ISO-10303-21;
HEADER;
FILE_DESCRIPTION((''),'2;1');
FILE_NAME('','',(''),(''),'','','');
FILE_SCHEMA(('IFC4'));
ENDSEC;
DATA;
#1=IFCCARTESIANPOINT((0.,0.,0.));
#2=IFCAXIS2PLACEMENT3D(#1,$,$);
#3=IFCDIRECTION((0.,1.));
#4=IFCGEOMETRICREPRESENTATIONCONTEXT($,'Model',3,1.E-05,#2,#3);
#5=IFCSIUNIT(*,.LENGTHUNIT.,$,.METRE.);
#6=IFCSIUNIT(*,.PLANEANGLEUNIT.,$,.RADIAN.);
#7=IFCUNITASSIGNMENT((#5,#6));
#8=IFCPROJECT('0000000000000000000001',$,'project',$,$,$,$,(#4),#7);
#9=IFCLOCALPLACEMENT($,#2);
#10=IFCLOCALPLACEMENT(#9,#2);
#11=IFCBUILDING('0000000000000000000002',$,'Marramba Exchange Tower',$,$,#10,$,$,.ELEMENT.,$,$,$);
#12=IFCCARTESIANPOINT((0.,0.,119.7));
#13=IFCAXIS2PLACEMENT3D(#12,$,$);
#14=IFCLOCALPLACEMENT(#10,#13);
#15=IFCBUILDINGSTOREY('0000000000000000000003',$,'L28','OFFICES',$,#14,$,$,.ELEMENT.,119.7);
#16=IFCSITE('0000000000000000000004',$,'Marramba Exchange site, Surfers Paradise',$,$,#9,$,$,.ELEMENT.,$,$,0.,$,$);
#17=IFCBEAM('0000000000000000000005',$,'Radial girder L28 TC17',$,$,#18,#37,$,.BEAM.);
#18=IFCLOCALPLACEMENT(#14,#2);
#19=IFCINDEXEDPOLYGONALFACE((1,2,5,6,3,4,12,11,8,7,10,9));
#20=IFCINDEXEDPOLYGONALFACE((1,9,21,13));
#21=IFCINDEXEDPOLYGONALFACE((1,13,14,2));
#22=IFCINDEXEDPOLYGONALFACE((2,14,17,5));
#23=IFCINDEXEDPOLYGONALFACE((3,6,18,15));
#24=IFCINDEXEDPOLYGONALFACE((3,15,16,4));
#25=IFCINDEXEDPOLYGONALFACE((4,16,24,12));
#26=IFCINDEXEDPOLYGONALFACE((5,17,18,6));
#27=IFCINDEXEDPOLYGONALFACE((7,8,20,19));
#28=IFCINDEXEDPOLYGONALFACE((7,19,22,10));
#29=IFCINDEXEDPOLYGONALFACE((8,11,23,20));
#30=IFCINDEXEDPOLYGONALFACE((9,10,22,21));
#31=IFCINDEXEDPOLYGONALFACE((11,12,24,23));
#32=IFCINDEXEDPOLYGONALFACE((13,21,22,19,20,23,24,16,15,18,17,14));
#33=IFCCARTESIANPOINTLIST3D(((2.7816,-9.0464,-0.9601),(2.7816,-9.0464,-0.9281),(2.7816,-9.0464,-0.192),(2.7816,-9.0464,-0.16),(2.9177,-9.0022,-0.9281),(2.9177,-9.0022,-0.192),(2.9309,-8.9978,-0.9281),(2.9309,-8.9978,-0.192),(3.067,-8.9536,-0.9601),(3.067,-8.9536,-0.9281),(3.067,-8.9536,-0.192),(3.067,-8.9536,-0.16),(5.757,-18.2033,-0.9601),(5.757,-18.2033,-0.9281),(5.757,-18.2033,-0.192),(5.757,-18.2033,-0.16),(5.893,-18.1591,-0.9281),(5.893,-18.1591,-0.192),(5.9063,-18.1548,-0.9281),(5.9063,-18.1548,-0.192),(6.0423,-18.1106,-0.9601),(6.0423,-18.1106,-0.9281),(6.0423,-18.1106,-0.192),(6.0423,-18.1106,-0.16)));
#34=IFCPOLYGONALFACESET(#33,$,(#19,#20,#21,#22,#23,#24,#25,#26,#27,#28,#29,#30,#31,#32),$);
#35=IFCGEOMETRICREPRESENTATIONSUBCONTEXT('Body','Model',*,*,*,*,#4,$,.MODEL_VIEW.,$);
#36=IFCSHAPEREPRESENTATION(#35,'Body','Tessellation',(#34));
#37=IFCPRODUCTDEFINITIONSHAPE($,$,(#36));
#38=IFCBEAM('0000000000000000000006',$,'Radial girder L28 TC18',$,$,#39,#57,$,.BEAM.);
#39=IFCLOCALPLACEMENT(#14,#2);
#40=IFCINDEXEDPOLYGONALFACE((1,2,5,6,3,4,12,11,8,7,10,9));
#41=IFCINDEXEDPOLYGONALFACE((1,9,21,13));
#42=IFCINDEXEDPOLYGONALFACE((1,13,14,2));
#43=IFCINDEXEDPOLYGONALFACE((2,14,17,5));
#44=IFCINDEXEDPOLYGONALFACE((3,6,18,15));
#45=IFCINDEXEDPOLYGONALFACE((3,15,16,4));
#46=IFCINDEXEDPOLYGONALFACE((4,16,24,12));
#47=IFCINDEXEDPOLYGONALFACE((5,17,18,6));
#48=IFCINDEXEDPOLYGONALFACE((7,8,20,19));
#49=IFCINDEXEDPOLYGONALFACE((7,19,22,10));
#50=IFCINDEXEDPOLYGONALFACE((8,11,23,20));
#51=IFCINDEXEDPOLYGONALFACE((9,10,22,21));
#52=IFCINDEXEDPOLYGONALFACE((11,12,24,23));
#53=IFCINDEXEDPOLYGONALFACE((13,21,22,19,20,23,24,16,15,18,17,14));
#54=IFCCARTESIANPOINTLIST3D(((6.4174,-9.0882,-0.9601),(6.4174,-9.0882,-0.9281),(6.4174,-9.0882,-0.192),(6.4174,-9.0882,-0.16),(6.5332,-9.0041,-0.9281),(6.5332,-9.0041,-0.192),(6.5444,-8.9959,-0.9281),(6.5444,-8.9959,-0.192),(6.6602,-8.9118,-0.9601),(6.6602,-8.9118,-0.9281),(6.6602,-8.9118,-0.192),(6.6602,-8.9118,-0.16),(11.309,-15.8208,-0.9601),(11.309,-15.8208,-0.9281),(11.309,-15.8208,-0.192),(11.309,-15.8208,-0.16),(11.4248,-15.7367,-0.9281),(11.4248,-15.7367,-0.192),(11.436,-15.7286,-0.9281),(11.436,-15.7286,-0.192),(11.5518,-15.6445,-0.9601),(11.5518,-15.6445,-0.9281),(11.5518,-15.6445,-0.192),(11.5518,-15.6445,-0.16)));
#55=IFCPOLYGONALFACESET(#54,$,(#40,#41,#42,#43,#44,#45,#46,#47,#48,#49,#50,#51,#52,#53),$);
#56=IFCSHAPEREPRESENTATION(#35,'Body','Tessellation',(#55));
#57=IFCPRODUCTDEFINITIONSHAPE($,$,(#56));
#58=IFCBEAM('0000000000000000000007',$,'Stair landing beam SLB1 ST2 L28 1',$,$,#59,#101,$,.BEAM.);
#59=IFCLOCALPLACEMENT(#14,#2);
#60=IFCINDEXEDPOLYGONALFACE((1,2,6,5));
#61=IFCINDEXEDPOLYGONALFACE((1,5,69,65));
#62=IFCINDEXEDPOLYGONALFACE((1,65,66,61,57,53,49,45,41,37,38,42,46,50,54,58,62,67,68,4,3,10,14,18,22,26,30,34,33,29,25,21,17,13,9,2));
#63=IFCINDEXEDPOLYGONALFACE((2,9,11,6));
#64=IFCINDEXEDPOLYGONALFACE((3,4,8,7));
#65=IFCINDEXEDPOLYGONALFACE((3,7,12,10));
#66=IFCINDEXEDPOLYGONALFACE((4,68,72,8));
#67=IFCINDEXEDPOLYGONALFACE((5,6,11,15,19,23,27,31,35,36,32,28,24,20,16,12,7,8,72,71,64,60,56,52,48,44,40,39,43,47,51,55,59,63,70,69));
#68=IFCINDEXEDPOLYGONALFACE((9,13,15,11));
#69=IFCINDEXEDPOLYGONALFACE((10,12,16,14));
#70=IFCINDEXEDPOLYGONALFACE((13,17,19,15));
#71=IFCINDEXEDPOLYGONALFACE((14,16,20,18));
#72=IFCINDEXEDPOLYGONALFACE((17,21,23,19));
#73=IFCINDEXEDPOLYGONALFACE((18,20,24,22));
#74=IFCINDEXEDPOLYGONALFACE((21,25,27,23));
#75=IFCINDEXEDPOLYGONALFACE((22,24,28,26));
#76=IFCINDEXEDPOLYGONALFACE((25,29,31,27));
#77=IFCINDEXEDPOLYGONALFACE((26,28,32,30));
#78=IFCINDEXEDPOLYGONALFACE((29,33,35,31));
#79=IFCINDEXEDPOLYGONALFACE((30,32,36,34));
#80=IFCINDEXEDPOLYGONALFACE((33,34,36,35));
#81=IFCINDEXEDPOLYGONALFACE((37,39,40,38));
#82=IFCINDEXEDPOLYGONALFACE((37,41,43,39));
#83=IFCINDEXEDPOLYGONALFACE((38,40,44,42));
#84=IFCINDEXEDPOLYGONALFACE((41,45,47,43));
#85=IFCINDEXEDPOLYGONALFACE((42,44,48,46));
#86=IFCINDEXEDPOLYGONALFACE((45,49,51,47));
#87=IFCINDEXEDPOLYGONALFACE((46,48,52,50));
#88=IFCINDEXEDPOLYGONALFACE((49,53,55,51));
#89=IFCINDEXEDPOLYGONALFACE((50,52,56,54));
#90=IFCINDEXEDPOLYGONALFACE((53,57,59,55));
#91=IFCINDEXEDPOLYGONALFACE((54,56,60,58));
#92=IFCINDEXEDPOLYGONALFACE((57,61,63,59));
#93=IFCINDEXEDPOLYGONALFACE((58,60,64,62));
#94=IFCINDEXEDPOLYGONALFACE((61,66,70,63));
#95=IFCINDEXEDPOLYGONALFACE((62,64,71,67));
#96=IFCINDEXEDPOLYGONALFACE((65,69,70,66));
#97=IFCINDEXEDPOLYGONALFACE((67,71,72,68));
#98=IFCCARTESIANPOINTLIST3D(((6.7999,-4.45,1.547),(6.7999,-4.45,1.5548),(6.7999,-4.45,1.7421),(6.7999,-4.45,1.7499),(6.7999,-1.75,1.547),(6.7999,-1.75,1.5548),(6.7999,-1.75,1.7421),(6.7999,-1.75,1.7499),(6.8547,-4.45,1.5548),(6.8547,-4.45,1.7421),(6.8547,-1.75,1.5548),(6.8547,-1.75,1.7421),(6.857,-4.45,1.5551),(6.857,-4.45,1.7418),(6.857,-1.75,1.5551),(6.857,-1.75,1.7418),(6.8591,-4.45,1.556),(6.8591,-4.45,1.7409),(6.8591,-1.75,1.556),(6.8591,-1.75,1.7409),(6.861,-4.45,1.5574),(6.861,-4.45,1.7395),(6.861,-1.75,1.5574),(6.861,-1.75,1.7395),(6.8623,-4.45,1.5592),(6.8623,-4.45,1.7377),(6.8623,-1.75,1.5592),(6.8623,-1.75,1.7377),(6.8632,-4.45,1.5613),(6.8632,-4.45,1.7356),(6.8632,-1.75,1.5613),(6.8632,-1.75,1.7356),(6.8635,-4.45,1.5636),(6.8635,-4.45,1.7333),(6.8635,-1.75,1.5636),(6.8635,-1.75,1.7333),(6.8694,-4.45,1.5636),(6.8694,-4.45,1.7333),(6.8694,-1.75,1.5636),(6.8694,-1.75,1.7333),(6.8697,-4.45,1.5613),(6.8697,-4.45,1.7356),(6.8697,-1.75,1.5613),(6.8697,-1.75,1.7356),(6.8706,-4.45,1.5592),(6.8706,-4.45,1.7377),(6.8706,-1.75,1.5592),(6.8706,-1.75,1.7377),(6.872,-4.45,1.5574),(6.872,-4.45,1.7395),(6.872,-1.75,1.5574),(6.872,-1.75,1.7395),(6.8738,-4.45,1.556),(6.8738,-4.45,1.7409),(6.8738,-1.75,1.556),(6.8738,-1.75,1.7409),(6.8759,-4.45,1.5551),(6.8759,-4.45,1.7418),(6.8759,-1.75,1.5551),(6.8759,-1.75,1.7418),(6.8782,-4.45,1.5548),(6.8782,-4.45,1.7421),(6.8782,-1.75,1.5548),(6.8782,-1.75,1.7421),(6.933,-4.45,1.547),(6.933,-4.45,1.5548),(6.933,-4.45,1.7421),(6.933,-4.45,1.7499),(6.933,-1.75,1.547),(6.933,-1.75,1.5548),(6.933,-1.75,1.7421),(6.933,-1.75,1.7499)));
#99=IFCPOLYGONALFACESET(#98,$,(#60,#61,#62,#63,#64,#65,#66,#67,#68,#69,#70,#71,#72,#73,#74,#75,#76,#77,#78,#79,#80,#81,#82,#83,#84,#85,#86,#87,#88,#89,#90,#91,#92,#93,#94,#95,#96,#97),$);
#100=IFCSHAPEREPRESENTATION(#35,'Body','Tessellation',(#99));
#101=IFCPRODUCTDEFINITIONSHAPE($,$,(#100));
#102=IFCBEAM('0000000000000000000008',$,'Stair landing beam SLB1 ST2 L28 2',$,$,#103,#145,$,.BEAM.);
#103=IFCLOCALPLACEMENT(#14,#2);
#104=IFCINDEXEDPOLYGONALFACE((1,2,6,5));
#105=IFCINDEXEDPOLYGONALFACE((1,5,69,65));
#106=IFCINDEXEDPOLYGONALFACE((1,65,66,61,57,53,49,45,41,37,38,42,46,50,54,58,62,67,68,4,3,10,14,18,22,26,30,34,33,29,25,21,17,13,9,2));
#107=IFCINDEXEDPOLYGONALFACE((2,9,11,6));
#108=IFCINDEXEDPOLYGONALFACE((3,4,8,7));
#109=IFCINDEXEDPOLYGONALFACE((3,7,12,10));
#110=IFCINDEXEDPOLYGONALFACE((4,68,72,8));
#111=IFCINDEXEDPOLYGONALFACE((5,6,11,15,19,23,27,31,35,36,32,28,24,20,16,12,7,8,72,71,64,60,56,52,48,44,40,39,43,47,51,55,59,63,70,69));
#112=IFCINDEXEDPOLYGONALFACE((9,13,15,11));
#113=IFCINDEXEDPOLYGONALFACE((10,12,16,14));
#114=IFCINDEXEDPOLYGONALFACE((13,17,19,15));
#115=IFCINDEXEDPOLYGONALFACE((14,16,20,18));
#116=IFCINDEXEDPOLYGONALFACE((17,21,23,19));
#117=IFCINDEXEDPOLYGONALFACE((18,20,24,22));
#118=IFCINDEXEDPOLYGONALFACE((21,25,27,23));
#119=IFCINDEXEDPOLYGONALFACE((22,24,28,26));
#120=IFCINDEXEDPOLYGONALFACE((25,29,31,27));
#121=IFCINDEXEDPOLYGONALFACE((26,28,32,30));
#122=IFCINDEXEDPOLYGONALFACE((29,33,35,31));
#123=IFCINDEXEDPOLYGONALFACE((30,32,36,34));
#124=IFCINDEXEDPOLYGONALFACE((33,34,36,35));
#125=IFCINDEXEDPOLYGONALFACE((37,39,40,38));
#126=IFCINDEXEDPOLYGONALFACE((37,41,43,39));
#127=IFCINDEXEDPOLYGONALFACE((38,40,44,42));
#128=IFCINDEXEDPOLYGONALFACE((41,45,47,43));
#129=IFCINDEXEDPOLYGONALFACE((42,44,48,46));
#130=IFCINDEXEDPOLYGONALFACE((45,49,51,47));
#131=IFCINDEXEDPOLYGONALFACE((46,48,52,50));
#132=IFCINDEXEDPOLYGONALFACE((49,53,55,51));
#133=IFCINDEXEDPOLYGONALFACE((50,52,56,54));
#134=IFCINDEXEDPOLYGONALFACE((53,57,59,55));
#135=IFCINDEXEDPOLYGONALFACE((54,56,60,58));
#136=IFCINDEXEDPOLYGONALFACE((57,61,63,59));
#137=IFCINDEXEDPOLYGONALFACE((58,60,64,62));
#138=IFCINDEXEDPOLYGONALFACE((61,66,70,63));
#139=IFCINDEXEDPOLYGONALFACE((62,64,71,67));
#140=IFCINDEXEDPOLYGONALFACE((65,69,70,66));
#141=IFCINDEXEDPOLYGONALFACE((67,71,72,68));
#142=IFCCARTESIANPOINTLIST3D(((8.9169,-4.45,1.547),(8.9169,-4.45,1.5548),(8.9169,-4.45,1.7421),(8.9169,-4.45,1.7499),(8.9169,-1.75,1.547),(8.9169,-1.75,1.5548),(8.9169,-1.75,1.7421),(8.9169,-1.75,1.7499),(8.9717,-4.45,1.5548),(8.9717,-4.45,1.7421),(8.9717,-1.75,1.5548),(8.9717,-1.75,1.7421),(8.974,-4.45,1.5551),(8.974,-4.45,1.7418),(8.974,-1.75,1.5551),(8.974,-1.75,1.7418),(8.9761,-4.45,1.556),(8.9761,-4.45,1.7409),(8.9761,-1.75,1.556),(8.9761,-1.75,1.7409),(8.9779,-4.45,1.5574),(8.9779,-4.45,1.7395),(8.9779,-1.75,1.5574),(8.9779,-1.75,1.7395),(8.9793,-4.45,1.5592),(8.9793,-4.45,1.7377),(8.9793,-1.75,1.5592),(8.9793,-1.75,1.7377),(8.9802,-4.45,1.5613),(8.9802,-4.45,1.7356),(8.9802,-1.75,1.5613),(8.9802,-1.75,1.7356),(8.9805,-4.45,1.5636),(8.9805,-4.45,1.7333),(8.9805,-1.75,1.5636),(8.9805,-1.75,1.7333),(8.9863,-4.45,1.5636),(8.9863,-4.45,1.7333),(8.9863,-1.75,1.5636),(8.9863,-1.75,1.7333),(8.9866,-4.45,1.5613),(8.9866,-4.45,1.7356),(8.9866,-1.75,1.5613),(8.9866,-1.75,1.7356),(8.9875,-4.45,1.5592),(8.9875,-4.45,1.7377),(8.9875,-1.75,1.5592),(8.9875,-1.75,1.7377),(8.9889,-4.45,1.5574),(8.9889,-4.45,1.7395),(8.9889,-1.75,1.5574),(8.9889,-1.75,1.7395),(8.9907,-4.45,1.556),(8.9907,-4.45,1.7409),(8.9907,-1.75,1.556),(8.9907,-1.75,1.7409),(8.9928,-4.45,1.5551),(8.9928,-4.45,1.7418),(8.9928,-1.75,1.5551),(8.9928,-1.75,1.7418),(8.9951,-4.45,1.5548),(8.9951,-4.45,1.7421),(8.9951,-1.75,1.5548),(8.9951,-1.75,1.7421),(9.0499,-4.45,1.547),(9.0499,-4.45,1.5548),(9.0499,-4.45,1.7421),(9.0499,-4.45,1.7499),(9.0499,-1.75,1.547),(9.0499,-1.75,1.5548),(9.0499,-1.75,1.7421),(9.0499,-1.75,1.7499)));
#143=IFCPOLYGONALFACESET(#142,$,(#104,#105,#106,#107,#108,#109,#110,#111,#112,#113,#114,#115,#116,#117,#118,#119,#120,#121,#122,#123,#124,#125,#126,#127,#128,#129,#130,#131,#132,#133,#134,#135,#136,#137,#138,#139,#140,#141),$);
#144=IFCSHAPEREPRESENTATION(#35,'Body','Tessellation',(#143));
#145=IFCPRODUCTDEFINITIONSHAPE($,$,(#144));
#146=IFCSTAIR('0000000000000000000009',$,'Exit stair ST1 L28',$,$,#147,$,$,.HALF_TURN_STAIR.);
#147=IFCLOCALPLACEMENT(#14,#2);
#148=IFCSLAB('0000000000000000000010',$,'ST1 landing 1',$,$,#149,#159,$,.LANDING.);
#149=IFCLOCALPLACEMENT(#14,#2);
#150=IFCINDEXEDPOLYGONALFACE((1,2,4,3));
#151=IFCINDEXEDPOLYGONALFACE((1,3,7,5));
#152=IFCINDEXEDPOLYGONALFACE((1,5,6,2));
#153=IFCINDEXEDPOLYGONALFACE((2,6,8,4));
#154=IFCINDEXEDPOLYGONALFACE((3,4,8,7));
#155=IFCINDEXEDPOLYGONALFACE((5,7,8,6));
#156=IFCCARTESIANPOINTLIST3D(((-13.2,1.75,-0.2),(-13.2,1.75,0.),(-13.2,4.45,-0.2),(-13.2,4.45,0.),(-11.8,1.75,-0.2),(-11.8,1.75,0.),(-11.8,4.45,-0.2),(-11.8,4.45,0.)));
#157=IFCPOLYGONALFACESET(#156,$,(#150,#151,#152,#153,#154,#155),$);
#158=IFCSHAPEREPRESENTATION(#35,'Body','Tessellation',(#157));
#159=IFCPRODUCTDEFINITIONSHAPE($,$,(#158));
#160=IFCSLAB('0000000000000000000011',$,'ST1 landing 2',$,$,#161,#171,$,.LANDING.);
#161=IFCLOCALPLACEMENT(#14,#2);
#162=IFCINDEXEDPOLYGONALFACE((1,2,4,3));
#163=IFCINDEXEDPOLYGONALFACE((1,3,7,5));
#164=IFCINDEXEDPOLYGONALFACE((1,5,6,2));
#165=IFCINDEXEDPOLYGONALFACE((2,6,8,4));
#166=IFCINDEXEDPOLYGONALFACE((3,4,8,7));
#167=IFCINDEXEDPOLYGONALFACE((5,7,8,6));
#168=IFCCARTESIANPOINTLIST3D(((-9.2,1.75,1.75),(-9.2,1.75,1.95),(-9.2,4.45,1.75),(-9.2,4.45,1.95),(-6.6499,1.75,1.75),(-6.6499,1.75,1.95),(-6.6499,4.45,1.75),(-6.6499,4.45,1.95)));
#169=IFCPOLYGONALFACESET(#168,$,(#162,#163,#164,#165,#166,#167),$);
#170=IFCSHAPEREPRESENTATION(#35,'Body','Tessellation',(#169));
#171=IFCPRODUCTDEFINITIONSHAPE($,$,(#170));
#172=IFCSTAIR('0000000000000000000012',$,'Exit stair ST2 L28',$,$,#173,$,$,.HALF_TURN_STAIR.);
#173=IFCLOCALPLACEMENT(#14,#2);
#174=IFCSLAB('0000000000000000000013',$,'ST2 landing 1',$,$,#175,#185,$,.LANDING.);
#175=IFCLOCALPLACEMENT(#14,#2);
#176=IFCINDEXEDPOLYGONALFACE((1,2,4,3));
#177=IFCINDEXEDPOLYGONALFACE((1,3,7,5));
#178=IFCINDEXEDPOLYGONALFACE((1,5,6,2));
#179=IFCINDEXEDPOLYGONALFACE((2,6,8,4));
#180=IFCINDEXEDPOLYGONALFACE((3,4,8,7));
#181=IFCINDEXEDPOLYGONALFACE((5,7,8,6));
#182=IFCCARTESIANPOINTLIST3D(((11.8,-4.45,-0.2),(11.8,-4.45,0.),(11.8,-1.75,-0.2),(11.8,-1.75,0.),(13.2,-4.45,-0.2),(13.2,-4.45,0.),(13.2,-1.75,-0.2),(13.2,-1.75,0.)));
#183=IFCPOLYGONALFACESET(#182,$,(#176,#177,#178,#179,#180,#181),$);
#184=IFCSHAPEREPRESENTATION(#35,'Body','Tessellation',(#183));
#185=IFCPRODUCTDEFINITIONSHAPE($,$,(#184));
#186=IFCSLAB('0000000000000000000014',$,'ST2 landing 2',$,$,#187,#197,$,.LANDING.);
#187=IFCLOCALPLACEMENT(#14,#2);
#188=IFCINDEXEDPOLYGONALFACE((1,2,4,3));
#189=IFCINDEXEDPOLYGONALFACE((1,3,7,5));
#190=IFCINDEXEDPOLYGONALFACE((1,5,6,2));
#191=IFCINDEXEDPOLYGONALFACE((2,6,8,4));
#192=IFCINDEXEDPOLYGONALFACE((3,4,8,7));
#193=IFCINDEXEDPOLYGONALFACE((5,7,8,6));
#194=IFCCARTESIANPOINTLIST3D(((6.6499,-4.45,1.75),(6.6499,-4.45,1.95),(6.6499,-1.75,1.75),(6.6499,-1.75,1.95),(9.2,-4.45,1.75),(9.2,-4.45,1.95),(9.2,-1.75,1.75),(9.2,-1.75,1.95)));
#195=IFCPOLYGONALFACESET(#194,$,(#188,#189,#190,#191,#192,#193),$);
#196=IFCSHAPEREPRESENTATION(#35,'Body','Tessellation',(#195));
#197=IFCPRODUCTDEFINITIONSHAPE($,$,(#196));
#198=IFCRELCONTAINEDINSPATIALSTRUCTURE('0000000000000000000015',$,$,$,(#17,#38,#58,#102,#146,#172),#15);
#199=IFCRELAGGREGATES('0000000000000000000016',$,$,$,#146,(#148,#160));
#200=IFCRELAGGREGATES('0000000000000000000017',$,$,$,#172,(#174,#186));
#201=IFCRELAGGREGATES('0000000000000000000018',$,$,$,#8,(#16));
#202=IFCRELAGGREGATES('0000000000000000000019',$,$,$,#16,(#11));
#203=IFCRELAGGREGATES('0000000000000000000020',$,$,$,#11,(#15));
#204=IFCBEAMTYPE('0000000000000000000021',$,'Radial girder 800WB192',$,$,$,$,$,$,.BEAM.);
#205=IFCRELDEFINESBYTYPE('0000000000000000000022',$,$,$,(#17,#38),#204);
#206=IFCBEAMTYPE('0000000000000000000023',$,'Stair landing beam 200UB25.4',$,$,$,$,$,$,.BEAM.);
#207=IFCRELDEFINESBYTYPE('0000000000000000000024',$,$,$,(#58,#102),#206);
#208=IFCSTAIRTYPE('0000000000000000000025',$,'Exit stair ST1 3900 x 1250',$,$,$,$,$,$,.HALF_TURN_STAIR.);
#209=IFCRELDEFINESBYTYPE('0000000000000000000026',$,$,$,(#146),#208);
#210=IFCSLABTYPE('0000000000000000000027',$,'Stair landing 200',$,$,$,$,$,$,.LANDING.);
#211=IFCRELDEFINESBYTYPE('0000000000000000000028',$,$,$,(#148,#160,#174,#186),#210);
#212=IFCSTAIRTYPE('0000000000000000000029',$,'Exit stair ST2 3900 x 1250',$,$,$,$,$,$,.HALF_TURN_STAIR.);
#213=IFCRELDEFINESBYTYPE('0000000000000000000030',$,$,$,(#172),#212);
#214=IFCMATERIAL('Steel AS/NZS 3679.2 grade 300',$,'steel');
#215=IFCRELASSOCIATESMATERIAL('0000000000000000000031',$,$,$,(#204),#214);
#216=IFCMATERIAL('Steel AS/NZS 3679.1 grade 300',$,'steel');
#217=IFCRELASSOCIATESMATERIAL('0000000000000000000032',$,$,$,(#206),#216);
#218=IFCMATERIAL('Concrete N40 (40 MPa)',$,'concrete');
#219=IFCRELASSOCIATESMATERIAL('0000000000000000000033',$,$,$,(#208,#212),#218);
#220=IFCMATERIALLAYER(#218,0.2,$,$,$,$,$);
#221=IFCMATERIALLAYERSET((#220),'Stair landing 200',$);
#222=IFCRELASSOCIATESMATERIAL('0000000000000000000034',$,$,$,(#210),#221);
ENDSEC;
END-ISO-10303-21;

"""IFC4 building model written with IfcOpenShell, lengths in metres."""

from ifc_helpers import new_model, si_unit, direction, frame, origin, origin_2d, place, context, subcontext, project, spatial, polyline, i_section, outline, extrude, material, layer, layer_set, material_profile, profile_set, type_object, element, aggregate, save


model = new_model("IFC4")

# Units and contexts
model_context = context("Model", 3, precision=1e-05, world=origin(), true_north=direction((0.0, 1.0)))
body_context = subcontext(model_context, "Body", "Model", "MODEL_VIEW")
ifc_project = project(units=[si_unit("LENGTHUNIT", "METRE"), si_unit("PLANEANGLEUNIT", "RADIAN")], contexts=[model_context])

# Site, building, storey
site_placement = place(None, origin())
site = spatial("IfcSite", under=ifc_project, at=site_placement, Name="Marramba Exchange site, Surfers Paradise", CompositionType="ELEMENT", RefElevation=0.0)
building_placement = place(site_placement, origin())
building = spatial("IfcBuilding", under=site, at=building_placement, Name="Marramba Exchange Tower", CompositionType="ELEMENT")
storey_placement = place(building_placement, frame((0.0, 0.0, 119.7)))
storey = spatial("IfcBuildingStorey", under=building, at=storey_placement, Name="L28", Description="OFFICES", CompositionType="ELEMENT", Elevation=119.7)

# Beams
ifc_material_1 = material(Name="Steel AS/NZS 3679.2 grade 300", Category="steel")
ifc_material_profile_1 = material_profile(ifc_material_1, i_section(OverallWidth=0.3, OverallDepth=0.8, WebThickness=0.0139, FlangeThickness=0.032, at=origin_2d()), Name="800WB192")
ifc_profile_set_1 = profile_set([ifc_material_profile_1], Name="Steel AS/NZS 3679.2 grade 300")
beam_type_1 = type_object("IfcBeamType", Name="Radial girder 800WB192", PredefinedType="BEAM", material=ifc_profile_set_1)
beam_1_placement = place(storey_placement, frame((2.9243, -9.0, -0.5601), z_axis=(0.309022, -0.951055, 0.0), x_axis=(0.951055, 0.309022, 0.0)))
element("IfcBeam", 1, at=beam_1_placement, inside=storey, type_object=beam_type_1, Name="Radial girder L28 TC17", PredefinedType="BEAM", context=body_context, shape_type="SweptSolid", body=[
    extrude(i_section(OverallWidth=0.3, OverallDepth=0.8, WebThickness=0.0139, FlangeThickness=0.032, at=origin_2d()), origin(), (0.0, 0.0, 1.0), 9.6282),
])
beam_2_placement = place(storey_placement, frame((6.5388, -9.0, -0.5601), z_axis=(0.587788, -0.809015, 0.0), x_axis=(0.809015, 0.587788, 0.0)))
element("IfcBeam", 2, at=beam_2_placement, inside=storey, type_object=beam_type_1, Name="Radial girder L28 TC18", PredefinedType="BEAM", context=body_context, shape_type="SweptSolid", body=[
    extrude(i_section(OverallWidth=0.3, OverallDepth=0.8, WebThickness=0.0139, FlangeThickness=0.032, at=origin_2d()), origin(), (0.0, 0.0, 1.0), 8.322),
])
ifc_material_2 = material(Name="Steel AS/NZS 3679.1 grade 300", Category="steel")
ifc_material_profile_2 = material_profile(ifc_material_2, i_section(OverallWidth=0.1331, OverallDepth=0.2029, WebThickness=0.0059, FlangeThickness=0.0078, FilletRadius=0.0088, at=origin_2d()), Name="200UB25.4")
ifc_profile_set_2 = profile_set([ifc_material_profile_2], Name="Steel AS/NZS 3679.1 grade 300")
beam_type_2 = type_object("IfcBeamType", Name="Stair landing beam 200UB25.4", PredefinedType="BEAM", material=ifc_profile_set_2)
for number, where, z_axis, x_axis, name in (
    (3, (6.8665, -4.45, 1.6484), (0.0, 1.0, 0.0), (-1.0, 0.0, 0.0), "Stair landing beam SLB1 ST2 L28 1"),
    (4, (8.9834, -4.45, 1.6484), (0.0, 1.0, 0.0), (-1.0, 0.0, 0.0), "Stair landing beam SLB1 ST2 L28 2"),
):
    element("IfcBeam", number, at=place(storey_placement, frame(where, z_axis=z_axis, x_axis=x_axis)), inside=storey, type_object=beam_type_2, Name=name, PredefinedType="BEAM", context=body_context, shape_type="SweptSolid", body=[
        extrude(i_section(OverallWidth=0.1331, OverallDepth=0.2029, WebThickness=0.0059, FlangeThickness=0.0078, FilletRadius=0.0088, at=origin_2d()), origin(), (0.0, 0.0, 1.0), 2.7),
    ])

# Stairs, slabs
ifc_material_3 = material(Name="Concrete N40 (40 MPa)", Category="concrete")
stair_type_1 = type_object("IfcStairType", Name="Exit stair ST1 3900 x 1250", PredefinedType="HALF_TURN_STAIR", material=ifc_material_3)
stair_1_placement = place(storey_placement, origin())
stair_1 = element("IfcStair", 5, at=stair_1_placement, inside=storey, type_object=stair_type_1, Name="Exit stair ST1 L28", PredefinedType="HALF_TURN_STAIR")
ifc_layer_1 = layer(ifc_material_3, 0.2)
ifc_layer_set_1 = layer_set([ifc_layer_1], Name="Stair landing 200")
slab_type = type_object("IfcSlabType", Name="Stair landing 200", PredefinedType="LANDING", material=ifc_layer_set_1)
slab_1_placement = place(storey_placement, frame((0.0, 0.0, -0.2)))
slab_1 = element("IfcSlab", 6, at=slab_1_placement, type_object=slab_type, Name="ST1 landing 1", PredefinedType="LANDING", context=body_context, shape_type="SweptSolid", body=[
    extrude(outline(polyline([(-13.2, 1.75), (-11.8, 1.75), (-11.8, 4.45), (-13.2, 4.45), (-13.2, 1.75)])), origin(), (0.0, 0.0, 1.0), 0.2),
])
slab_2_placement = place(storey_placement, frame((0.0, 0.0, 1.75)))
slab_2 = element("IfcSlab", 7, at=slab_2_placement, type_object=slab_type, Name="ST1 landing 2", PredefinedType="LANDING", context=body_context, shape_type="SweptSolid", body=[
    extrude(outline(polyline([(-9.2, 1.75), (-6.6499, 1.75), (-6.6499, 4.45), (-9.2, 4.45), (-9.2, 1.75)])), origin(), (0.0, 0.0, 1.0), 0.2),
])
aggregate(stair_1, [slab_1, slab_2])
stair_type_2 = type_object("IfcStairType", Name="Exit stair ST2 3900 x 1250", PredefinedType="HALF_TURN_STAIR", material=ifc_material_3)
stair_2_placement = place(storey_placement, origin())
stair_2 = element("IfcStair", 8, at=stair_2_placement, inside=storey, type_object=stair_type_2, Name="Exit stair ST2 L28", PredefinedType="HALF_TURN_STAIR")
slab_3_placement = place(storey_placement, frame((0.0, 0.0, -0.2)))
slab_3 = element("IfcSlab", 9, at=slab_3_placement, type_object=slab_type, Name="ST2 landing 1", PredefinedType="LANDING", context=body_context, shape_type="SweptSolid", body=[
    extrude(outline(polyline([(11.8, -4.45), (13.2, -4.45), (13.2, -1.75), (11.8, -1.75), (11.8, -4.45)])), origin(), (0.0, 0.0, 1.0), 0.2),
])
slab_4_placement = place(storey_placement, frame((0.0, 0.0, 1.75)))
slab_4 = element("IfcSlab", 10, at=slab_4_placement, type_object=slab_type, Name="ST2 landing 2", PredefinedType="LANDING", context=body_context, shape_type="SweptSolid", body=[
    extrude(outline(polyline([(6.6499, -4.45), (9.2, -4.45), (9.2, -1.75), (6.6499, -1.75), (6.6499, -4.45)])), origin(), (0.0, 0.0, 1.0), 0.2),
])

aggregate(stair_2, [slab_3, slab_4])

save(model, "model.ifc")
